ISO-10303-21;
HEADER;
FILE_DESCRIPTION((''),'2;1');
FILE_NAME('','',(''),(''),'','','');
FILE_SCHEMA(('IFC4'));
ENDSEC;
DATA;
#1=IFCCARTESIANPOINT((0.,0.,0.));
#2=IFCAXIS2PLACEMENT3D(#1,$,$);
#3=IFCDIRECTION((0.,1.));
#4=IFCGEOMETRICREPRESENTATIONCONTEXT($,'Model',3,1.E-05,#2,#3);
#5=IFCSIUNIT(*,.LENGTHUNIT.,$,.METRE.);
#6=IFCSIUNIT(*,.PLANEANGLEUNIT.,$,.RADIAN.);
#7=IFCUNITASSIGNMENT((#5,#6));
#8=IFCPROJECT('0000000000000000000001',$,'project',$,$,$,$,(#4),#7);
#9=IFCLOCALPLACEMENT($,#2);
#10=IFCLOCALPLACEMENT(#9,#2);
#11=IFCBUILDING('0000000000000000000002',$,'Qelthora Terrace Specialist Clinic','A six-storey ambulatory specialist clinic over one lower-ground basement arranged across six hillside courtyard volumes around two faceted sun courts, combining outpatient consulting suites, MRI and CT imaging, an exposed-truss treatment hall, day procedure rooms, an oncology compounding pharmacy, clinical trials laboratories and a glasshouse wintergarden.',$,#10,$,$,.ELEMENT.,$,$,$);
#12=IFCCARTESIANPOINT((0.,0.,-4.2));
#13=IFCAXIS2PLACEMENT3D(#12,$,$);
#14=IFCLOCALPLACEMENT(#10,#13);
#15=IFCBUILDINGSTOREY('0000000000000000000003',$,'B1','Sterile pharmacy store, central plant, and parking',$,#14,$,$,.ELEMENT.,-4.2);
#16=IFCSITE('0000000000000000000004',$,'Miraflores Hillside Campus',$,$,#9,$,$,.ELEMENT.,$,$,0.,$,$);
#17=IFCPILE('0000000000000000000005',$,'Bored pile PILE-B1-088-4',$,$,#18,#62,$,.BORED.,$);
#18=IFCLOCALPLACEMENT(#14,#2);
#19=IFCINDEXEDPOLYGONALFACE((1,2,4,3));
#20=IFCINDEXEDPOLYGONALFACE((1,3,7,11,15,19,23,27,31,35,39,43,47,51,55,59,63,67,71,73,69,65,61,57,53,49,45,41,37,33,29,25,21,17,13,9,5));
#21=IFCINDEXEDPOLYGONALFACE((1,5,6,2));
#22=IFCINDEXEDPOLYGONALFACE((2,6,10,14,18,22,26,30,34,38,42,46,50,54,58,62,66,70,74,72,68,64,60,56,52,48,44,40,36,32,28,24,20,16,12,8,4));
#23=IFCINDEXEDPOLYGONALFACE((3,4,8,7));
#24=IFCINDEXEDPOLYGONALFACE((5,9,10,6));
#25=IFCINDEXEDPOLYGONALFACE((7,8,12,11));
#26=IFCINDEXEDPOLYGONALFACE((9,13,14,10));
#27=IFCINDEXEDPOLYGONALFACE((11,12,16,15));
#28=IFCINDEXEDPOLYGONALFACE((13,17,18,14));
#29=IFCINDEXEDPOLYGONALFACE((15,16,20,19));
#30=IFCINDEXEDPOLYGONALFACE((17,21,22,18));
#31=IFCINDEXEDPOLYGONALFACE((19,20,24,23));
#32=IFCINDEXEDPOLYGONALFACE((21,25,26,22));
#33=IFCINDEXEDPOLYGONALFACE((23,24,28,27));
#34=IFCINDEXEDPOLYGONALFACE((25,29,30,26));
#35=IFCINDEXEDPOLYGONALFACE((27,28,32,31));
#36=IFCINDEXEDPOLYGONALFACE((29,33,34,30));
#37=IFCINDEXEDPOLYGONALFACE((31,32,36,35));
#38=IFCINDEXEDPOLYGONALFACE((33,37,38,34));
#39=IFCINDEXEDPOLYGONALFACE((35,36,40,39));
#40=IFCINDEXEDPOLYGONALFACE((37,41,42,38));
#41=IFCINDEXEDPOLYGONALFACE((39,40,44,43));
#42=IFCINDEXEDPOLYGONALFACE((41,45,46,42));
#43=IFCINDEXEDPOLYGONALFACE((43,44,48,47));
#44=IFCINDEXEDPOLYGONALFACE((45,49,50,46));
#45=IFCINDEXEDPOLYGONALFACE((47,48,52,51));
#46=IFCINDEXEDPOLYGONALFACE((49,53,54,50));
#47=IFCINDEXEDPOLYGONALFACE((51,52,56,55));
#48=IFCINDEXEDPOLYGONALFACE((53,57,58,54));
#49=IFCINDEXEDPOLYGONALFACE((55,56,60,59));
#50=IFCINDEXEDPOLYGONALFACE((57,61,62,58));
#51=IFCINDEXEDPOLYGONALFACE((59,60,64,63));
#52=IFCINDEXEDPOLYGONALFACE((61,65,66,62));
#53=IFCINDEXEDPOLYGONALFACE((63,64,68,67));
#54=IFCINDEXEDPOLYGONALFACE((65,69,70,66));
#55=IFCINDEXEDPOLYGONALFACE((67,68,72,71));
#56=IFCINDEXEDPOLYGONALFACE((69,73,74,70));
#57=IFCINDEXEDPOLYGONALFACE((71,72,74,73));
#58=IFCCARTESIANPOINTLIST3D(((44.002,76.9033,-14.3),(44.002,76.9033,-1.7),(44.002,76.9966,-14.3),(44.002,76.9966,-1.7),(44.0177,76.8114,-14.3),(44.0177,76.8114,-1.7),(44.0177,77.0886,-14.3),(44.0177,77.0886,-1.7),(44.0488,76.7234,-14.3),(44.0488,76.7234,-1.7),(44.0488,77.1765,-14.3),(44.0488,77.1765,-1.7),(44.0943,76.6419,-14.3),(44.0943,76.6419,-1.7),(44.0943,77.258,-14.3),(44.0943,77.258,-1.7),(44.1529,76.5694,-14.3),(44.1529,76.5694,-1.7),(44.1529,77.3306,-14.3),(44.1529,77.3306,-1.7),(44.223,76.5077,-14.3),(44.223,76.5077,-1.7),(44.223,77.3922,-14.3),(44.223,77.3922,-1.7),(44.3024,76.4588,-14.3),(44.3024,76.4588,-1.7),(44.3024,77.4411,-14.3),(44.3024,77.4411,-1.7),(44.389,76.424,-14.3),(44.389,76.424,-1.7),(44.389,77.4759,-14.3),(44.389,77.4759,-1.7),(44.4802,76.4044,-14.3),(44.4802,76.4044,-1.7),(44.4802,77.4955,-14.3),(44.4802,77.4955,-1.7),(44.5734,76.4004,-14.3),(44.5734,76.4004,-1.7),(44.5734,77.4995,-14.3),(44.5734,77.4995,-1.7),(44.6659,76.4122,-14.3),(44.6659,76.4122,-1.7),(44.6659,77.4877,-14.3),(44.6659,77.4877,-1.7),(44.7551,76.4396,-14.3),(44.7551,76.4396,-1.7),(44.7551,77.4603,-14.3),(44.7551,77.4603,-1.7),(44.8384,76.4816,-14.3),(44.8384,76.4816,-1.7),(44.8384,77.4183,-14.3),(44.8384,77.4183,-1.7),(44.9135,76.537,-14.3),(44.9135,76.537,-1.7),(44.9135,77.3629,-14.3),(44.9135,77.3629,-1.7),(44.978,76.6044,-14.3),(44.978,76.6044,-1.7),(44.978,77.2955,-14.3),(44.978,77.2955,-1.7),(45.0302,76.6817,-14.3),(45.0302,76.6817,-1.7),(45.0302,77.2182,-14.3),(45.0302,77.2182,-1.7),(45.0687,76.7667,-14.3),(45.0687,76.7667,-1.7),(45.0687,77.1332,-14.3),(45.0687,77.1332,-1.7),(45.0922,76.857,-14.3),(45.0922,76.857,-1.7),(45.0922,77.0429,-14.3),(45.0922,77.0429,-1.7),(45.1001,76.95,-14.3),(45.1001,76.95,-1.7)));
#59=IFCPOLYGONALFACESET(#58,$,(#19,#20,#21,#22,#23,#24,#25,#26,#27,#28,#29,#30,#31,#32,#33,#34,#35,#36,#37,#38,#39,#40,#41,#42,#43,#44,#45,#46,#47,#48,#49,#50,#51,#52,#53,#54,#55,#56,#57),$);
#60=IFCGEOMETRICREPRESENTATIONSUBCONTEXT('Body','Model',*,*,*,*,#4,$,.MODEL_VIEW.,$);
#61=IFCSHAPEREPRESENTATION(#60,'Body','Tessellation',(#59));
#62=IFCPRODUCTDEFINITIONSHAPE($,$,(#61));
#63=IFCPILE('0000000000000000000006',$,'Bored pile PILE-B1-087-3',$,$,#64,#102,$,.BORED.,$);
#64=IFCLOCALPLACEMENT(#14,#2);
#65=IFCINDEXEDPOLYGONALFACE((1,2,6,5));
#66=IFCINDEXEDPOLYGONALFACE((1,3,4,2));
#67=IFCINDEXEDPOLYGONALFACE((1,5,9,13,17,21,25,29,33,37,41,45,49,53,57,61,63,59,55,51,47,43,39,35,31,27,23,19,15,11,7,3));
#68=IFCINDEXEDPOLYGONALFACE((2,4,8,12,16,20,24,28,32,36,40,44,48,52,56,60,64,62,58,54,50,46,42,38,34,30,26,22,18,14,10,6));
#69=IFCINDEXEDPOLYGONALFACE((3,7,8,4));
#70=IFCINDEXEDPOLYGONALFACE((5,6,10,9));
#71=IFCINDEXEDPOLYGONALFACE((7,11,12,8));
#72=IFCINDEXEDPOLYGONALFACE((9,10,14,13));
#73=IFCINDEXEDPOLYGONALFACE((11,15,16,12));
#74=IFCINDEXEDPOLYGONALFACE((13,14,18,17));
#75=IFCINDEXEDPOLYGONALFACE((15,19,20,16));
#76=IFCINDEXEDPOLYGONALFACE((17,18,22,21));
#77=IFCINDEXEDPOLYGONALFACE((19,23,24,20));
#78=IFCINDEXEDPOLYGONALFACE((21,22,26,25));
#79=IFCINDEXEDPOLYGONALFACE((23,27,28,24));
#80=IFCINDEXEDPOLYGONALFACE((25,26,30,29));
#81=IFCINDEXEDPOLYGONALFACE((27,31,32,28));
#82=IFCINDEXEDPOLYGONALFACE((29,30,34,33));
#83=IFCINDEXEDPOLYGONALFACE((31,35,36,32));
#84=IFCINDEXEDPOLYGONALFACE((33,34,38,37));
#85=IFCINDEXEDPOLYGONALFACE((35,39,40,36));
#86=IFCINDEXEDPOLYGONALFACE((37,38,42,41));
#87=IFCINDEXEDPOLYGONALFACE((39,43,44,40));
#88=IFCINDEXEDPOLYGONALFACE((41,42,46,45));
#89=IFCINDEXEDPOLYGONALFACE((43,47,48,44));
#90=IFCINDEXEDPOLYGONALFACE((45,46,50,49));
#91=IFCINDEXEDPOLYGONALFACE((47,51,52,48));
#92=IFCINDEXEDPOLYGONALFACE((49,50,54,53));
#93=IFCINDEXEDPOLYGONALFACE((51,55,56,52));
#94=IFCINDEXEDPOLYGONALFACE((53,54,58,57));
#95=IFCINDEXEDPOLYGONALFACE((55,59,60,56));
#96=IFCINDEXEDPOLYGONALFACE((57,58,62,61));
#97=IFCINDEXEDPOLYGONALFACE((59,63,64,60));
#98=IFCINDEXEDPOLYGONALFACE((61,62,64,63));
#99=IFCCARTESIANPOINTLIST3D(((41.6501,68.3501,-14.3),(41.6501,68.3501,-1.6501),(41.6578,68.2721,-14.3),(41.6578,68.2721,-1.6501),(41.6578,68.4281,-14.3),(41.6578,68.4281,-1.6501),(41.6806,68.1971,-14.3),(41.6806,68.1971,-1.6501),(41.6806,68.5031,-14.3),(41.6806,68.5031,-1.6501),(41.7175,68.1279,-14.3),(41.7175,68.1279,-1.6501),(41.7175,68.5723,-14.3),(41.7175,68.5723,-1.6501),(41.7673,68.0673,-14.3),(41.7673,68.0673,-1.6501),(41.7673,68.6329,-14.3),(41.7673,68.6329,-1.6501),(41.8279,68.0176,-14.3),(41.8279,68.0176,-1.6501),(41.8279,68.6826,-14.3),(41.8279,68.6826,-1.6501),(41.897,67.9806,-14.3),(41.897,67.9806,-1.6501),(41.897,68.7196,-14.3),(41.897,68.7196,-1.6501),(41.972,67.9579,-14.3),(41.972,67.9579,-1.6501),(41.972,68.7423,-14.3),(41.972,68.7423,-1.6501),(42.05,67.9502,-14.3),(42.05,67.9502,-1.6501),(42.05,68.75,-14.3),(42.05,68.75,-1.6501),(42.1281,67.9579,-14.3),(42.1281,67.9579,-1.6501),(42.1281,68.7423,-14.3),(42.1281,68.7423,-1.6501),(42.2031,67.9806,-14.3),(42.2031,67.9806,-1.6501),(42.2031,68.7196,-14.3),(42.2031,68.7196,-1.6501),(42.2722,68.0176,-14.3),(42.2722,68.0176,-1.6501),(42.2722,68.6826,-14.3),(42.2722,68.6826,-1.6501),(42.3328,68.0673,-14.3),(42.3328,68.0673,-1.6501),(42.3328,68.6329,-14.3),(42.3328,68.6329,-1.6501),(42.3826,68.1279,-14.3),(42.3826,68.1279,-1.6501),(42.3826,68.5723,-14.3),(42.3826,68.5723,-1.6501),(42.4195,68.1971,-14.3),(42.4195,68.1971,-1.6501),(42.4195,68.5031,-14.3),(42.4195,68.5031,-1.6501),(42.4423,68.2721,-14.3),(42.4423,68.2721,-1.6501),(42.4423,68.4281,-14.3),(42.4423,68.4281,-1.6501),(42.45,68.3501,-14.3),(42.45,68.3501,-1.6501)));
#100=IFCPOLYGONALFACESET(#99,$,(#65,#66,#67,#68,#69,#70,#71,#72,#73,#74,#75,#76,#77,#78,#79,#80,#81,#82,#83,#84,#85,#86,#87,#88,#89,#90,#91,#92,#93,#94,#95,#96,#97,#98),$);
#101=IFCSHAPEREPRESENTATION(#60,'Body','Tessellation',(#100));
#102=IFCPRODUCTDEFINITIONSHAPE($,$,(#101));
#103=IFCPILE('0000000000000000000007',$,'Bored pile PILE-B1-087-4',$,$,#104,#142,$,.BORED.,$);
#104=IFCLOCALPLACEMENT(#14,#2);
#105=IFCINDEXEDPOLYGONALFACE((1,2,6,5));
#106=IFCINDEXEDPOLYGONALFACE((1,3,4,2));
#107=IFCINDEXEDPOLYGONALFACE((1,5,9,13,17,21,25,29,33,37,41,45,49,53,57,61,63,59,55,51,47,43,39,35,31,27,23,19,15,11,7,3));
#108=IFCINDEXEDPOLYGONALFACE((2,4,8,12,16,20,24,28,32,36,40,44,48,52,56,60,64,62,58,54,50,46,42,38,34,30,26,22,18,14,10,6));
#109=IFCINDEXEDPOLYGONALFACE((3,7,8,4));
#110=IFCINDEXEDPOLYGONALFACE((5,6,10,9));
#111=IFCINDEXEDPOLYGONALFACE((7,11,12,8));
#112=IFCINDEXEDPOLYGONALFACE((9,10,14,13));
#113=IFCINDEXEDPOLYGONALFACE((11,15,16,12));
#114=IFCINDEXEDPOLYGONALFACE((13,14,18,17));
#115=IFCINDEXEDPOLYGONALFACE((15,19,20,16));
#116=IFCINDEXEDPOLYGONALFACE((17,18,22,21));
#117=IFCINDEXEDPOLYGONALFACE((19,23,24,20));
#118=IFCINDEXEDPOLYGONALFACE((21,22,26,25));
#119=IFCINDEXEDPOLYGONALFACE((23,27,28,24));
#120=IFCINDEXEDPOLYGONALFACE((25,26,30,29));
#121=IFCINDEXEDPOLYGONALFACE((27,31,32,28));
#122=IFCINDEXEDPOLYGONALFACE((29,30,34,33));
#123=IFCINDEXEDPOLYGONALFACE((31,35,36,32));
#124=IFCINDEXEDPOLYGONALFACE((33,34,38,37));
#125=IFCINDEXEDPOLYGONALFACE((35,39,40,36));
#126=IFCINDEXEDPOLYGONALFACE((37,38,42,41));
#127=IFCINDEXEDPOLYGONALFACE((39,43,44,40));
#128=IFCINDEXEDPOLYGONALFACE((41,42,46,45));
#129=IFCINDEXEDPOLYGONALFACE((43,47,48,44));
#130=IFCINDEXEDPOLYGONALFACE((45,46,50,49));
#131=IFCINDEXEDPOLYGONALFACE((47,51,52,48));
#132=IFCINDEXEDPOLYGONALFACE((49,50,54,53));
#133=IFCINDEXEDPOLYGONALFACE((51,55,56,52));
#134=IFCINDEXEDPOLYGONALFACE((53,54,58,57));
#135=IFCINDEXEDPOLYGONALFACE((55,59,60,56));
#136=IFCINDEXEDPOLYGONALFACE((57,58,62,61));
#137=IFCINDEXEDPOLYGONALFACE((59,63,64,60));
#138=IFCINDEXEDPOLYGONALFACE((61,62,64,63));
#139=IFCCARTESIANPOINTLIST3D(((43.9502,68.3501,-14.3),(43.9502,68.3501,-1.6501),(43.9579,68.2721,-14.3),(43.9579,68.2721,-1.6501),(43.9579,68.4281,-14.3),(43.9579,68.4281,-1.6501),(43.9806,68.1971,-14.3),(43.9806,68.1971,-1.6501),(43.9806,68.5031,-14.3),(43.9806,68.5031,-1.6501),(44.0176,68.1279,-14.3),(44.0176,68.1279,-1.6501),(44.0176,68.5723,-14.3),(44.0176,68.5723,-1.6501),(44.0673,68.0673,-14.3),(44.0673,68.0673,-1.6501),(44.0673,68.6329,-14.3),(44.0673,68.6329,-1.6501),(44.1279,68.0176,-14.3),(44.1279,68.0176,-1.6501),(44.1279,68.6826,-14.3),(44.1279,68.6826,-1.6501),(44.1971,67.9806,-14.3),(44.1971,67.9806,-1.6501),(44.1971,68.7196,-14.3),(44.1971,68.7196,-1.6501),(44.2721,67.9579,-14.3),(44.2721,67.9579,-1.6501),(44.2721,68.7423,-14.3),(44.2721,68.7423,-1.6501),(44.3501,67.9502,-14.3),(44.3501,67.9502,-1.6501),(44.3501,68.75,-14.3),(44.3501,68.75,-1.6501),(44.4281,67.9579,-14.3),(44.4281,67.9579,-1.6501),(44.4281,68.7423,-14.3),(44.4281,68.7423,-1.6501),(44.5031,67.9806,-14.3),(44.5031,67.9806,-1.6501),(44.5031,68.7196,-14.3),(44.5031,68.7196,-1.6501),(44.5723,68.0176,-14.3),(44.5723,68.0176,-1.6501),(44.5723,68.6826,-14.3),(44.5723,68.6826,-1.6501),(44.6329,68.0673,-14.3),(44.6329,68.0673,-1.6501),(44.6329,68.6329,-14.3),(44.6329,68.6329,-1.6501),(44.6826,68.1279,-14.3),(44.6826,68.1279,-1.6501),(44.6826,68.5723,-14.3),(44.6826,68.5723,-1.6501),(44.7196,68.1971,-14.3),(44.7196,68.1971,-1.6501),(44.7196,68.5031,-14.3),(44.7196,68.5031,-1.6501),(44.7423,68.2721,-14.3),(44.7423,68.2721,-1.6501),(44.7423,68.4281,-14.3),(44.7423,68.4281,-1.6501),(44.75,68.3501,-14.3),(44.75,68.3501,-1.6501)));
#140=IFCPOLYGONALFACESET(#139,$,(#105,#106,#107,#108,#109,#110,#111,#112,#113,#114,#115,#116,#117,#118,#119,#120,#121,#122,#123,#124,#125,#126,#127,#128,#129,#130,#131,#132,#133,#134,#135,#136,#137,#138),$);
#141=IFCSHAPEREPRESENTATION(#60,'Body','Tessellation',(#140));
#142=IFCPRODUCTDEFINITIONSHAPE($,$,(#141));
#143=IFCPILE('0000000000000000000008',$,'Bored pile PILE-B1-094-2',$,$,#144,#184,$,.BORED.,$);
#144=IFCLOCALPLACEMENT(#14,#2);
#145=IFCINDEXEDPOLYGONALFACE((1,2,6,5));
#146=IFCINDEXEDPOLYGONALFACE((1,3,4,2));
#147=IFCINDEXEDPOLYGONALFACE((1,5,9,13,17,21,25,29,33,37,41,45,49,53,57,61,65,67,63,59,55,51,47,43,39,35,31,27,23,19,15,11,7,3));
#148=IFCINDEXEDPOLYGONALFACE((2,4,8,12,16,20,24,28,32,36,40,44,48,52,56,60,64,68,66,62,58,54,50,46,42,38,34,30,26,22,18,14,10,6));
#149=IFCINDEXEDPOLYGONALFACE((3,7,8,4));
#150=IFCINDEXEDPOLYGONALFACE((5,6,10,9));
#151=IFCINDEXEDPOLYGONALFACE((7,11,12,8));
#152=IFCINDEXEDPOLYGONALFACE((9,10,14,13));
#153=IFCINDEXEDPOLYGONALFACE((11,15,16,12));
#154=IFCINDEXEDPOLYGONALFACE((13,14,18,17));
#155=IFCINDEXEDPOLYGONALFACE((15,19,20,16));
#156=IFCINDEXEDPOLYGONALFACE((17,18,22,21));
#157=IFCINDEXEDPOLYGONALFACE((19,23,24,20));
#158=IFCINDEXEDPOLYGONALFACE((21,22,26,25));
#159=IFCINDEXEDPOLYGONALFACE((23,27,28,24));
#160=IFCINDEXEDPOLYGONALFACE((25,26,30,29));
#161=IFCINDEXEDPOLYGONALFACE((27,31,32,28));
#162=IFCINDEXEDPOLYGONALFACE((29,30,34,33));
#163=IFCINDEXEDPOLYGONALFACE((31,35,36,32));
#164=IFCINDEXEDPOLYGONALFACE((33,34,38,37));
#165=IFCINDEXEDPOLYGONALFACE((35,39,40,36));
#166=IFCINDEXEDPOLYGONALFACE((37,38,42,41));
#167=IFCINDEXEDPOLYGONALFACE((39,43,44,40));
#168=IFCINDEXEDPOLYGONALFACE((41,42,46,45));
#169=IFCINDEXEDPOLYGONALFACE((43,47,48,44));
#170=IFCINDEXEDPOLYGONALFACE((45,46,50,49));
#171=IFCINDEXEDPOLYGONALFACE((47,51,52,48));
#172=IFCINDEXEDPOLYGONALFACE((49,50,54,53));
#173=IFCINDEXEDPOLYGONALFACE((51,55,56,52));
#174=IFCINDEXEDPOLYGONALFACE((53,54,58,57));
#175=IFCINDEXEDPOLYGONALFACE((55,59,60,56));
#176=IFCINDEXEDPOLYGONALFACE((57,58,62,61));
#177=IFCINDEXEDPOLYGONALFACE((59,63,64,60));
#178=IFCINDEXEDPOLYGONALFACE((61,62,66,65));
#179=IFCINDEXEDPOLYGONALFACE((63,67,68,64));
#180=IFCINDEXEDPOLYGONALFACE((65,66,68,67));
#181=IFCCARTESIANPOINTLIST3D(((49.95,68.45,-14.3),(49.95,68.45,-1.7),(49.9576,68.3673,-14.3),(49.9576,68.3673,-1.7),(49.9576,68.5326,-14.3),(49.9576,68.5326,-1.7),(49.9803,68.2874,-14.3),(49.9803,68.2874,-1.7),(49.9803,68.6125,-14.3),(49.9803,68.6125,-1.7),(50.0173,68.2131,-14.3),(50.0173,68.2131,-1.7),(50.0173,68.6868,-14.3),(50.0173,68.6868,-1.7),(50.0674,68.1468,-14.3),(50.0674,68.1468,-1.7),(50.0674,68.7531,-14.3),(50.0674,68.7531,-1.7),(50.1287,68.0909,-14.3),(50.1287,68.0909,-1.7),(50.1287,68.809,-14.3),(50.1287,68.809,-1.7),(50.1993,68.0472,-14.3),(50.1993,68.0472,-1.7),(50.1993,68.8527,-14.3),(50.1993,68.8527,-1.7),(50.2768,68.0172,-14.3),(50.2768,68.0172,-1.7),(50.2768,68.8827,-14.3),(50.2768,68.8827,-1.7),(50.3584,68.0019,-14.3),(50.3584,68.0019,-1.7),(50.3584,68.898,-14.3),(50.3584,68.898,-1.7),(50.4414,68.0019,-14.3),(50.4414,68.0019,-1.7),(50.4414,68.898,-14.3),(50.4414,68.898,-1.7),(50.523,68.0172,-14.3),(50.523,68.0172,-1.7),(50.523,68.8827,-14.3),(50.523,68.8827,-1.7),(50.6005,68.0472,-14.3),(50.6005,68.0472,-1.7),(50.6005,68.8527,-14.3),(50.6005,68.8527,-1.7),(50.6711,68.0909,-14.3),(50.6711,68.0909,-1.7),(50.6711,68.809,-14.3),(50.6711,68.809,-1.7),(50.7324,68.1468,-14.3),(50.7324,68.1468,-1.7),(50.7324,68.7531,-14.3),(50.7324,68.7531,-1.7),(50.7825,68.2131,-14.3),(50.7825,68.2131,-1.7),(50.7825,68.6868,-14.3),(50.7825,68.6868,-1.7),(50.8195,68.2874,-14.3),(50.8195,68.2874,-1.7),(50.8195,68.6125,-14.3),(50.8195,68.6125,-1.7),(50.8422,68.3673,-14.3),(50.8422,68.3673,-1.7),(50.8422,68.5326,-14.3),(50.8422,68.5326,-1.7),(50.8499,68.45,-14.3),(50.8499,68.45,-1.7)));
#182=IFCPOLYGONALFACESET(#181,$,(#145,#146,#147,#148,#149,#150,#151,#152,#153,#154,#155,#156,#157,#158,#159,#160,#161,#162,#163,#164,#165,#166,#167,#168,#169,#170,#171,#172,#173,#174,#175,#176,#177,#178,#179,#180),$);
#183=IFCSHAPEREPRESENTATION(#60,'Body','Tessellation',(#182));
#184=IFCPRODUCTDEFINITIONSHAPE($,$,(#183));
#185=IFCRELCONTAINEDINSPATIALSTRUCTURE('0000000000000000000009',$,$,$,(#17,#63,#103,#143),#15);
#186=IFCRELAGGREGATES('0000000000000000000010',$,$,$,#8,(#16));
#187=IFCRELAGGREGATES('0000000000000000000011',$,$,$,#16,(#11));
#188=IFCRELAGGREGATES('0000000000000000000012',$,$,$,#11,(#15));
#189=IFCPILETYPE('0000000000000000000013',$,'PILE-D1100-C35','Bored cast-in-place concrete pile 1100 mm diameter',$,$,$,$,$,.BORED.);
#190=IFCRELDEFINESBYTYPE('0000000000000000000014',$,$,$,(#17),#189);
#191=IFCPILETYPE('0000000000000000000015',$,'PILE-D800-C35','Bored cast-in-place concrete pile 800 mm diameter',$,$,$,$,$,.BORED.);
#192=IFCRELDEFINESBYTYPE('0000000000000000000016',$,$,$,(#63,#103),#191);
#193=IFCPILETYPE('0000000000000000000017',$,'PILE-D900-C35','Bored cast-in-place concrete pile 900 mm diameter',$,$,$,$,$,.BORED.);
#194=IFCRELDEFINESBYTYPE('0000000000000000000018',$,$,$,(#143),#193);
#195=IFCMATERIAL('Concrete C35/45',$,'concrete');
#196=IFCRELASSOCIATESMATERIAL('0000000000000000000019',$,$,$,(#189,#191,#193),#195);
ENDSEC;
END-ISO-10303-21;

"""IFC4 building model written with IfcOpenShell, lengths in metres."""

from ifc_helpers import new_model, si_unit, direction, frame, origin, origin_2d, place, context, subcontext, project, spatial, circle, extrude, material, material_profile, profile_set, type_object, element, save


model = new_model("IFC4")

# Units and contexts
model_context = context("Model", 3, precision=1e-05, world=origin(), true_north=direction((0.0, 1.0)))
body_context = subcontext(model_context, "Body", "Model", "MODEL_VIEW")
ifc_project = project(units=[si_unit("LENGTHUNIT", "METRE"), si_unit("PLANEANGLEUNIT", "RADIAN")], contexts=[model_context])

# Site, building, storey
site_placement = place(None, origin())
site = spatial("IfcSite", under=ifc_project, at=site_placement, Name="Miraflores Hillside Campus", CompositionType="ELEMENT", RefElevation=0.0)
building_placement = place(site_placement, origin())
building = spatial("IfcBuilding", under=site, at=building_placement, Name="Qelthora Terrace Specialist Clinic", Description="A six-storey ambulatory specialist clinic over one lower-ground basement arranged across six hillside courtyard volumes around two faceted sun courts, combining outpatient consulting suites, MRI and CT imaging, an exposed-truss treatment hall, day procedure rooms, an oncology compounding pharmacy, clinical trials laboratories and a glasshouse wintergarden.", CompositionType="ELEMENT")
storey_placement = place(building_placement, frame((0.0, 0.0, -4.2)))
storey = spatial("IfcBuildingStorey", under=building, at=storey_placement, Name="B1", Description="Sterile pharmacy store, central plant, and parking", CompositionType="ELEMENT", Elevation=-4.2)

# Shared definitions
ifc_material_1 = material(Name="Concrete C35/45", Category="concrete")

# Piles
ifc_material_profile_1 = material_profile(ifc_material_1, circle(Radius=0.55, at=origin_2d()), Name="PILE1100")
ifc_profile_set_1 = profile_set([ifc_material_profile_1], Name="Concrete C35/45")
pile_type_1 = type_object("IfcPileType", Name="PILE-D1100-C35", Description="Bored cast-in-place concrete pile 1100 mm diameter", PredefinedType="BORED", material=ifc_profile_set_1)
for number, where, z_axis, x_axis, name in (
    (1, (44.55, 76.95, -1.7), (0.0, 0.0, -1.0), (1.0, 0.0, 0.0), "Bored pile PILE-B1-088-4"),
):
    element("IfcPile", number, at=place(storey_placement, frame(where, z_axis=z_axis, x_axis=x_axis)), inside=storey, type_object=pile_type_1, Name=name, PredefinedType="BORED", context=body_context, shape_type="SweptSolid", body=[
        extrude(circle(Radius=0.55, at=origin_2d()), origin(), (0.0, 0.0, 1.0), 12.6001),
    ])
ifc_material_profile_2 = material_profile(ifc_material_1, circle(Radius=0.3999, at=origin_2d()), Name="PILE800")
ifc_profile_set_2 = profile_set([ifc_material_profile_2], Name="Concrete C35/45")
pile_type_2 = type_object("IfcPileType", Name="PILE-D800-C35", Description="Bored cast-in-place concrete pile 800 mm diameter", PredefinedType="BORED", material=ifc_profile_set_2)
for number, where, z_axis, x_axis, name in (
    (2, (42.05, 68.3501, -1.6501), (0.0, 0.0, -1.0), (1.0, 0.0, 0.0), "Bored pile PILE-B1-087-3"),
    (3, (44.3501, 68.3501, -1.6501), (0.0, 0.0, -1.0), (1.0, 0.0, 0.0), "Bored pile PILE-B1-087-4"),
):
    element("IfcPile", number, at=place(storey_placement, frame(where, z_axis=z_axis, x_axis=x_axis)), inside=storey, type_object=pile_type_2, Name=name, PredefinedType="BORED", context=body_context, shape_type="SweptSolid", body=[
        extrude(circle(Radius=0.3999, at=origin_2d()), origin(), (0.0, 0.0, 1.0), 12.6499),
    ])
ifc_material_profile_3 = material_profile(ifc_material_1, circle(Radius=0.45, at=origin_2d()), Name="PILE900")
ifc_profile_set_3 = profile_set([ifc_material_profile_3], Name="Concrete C35/45")
pile_type_3 = type_object("IfcPileType", Name="PILE-D900-C35", Description="Bored cast-in-place concrete pile 900 mm diameter", PredefinedType="BORED", material=ifc_profile_set_3)
for number, where, z_axis, x_axis, name in (
    (4, (50.3999, 68.45, -1.7), (0.0, 0.0, -1.0), (1.0, 0.0, 0.0), "Bored pile PILE-B1-094-2"),
):
    element("IfcPile", number, at=place(storey_placement, frame(where, z_axis=z_axis, x_axis=x_axis)), inside=storey, type_object=pile_type_3, Name=name, PredefinedType="BORED", context=body_context, shape_type="SweptSolid", body=[
        extrude(circle(Radius=0.45, at=origin_2d()), origin(), (0.0, 0.0, 1.0), 12.6001),
    ])

save(model, "model.ifc")
